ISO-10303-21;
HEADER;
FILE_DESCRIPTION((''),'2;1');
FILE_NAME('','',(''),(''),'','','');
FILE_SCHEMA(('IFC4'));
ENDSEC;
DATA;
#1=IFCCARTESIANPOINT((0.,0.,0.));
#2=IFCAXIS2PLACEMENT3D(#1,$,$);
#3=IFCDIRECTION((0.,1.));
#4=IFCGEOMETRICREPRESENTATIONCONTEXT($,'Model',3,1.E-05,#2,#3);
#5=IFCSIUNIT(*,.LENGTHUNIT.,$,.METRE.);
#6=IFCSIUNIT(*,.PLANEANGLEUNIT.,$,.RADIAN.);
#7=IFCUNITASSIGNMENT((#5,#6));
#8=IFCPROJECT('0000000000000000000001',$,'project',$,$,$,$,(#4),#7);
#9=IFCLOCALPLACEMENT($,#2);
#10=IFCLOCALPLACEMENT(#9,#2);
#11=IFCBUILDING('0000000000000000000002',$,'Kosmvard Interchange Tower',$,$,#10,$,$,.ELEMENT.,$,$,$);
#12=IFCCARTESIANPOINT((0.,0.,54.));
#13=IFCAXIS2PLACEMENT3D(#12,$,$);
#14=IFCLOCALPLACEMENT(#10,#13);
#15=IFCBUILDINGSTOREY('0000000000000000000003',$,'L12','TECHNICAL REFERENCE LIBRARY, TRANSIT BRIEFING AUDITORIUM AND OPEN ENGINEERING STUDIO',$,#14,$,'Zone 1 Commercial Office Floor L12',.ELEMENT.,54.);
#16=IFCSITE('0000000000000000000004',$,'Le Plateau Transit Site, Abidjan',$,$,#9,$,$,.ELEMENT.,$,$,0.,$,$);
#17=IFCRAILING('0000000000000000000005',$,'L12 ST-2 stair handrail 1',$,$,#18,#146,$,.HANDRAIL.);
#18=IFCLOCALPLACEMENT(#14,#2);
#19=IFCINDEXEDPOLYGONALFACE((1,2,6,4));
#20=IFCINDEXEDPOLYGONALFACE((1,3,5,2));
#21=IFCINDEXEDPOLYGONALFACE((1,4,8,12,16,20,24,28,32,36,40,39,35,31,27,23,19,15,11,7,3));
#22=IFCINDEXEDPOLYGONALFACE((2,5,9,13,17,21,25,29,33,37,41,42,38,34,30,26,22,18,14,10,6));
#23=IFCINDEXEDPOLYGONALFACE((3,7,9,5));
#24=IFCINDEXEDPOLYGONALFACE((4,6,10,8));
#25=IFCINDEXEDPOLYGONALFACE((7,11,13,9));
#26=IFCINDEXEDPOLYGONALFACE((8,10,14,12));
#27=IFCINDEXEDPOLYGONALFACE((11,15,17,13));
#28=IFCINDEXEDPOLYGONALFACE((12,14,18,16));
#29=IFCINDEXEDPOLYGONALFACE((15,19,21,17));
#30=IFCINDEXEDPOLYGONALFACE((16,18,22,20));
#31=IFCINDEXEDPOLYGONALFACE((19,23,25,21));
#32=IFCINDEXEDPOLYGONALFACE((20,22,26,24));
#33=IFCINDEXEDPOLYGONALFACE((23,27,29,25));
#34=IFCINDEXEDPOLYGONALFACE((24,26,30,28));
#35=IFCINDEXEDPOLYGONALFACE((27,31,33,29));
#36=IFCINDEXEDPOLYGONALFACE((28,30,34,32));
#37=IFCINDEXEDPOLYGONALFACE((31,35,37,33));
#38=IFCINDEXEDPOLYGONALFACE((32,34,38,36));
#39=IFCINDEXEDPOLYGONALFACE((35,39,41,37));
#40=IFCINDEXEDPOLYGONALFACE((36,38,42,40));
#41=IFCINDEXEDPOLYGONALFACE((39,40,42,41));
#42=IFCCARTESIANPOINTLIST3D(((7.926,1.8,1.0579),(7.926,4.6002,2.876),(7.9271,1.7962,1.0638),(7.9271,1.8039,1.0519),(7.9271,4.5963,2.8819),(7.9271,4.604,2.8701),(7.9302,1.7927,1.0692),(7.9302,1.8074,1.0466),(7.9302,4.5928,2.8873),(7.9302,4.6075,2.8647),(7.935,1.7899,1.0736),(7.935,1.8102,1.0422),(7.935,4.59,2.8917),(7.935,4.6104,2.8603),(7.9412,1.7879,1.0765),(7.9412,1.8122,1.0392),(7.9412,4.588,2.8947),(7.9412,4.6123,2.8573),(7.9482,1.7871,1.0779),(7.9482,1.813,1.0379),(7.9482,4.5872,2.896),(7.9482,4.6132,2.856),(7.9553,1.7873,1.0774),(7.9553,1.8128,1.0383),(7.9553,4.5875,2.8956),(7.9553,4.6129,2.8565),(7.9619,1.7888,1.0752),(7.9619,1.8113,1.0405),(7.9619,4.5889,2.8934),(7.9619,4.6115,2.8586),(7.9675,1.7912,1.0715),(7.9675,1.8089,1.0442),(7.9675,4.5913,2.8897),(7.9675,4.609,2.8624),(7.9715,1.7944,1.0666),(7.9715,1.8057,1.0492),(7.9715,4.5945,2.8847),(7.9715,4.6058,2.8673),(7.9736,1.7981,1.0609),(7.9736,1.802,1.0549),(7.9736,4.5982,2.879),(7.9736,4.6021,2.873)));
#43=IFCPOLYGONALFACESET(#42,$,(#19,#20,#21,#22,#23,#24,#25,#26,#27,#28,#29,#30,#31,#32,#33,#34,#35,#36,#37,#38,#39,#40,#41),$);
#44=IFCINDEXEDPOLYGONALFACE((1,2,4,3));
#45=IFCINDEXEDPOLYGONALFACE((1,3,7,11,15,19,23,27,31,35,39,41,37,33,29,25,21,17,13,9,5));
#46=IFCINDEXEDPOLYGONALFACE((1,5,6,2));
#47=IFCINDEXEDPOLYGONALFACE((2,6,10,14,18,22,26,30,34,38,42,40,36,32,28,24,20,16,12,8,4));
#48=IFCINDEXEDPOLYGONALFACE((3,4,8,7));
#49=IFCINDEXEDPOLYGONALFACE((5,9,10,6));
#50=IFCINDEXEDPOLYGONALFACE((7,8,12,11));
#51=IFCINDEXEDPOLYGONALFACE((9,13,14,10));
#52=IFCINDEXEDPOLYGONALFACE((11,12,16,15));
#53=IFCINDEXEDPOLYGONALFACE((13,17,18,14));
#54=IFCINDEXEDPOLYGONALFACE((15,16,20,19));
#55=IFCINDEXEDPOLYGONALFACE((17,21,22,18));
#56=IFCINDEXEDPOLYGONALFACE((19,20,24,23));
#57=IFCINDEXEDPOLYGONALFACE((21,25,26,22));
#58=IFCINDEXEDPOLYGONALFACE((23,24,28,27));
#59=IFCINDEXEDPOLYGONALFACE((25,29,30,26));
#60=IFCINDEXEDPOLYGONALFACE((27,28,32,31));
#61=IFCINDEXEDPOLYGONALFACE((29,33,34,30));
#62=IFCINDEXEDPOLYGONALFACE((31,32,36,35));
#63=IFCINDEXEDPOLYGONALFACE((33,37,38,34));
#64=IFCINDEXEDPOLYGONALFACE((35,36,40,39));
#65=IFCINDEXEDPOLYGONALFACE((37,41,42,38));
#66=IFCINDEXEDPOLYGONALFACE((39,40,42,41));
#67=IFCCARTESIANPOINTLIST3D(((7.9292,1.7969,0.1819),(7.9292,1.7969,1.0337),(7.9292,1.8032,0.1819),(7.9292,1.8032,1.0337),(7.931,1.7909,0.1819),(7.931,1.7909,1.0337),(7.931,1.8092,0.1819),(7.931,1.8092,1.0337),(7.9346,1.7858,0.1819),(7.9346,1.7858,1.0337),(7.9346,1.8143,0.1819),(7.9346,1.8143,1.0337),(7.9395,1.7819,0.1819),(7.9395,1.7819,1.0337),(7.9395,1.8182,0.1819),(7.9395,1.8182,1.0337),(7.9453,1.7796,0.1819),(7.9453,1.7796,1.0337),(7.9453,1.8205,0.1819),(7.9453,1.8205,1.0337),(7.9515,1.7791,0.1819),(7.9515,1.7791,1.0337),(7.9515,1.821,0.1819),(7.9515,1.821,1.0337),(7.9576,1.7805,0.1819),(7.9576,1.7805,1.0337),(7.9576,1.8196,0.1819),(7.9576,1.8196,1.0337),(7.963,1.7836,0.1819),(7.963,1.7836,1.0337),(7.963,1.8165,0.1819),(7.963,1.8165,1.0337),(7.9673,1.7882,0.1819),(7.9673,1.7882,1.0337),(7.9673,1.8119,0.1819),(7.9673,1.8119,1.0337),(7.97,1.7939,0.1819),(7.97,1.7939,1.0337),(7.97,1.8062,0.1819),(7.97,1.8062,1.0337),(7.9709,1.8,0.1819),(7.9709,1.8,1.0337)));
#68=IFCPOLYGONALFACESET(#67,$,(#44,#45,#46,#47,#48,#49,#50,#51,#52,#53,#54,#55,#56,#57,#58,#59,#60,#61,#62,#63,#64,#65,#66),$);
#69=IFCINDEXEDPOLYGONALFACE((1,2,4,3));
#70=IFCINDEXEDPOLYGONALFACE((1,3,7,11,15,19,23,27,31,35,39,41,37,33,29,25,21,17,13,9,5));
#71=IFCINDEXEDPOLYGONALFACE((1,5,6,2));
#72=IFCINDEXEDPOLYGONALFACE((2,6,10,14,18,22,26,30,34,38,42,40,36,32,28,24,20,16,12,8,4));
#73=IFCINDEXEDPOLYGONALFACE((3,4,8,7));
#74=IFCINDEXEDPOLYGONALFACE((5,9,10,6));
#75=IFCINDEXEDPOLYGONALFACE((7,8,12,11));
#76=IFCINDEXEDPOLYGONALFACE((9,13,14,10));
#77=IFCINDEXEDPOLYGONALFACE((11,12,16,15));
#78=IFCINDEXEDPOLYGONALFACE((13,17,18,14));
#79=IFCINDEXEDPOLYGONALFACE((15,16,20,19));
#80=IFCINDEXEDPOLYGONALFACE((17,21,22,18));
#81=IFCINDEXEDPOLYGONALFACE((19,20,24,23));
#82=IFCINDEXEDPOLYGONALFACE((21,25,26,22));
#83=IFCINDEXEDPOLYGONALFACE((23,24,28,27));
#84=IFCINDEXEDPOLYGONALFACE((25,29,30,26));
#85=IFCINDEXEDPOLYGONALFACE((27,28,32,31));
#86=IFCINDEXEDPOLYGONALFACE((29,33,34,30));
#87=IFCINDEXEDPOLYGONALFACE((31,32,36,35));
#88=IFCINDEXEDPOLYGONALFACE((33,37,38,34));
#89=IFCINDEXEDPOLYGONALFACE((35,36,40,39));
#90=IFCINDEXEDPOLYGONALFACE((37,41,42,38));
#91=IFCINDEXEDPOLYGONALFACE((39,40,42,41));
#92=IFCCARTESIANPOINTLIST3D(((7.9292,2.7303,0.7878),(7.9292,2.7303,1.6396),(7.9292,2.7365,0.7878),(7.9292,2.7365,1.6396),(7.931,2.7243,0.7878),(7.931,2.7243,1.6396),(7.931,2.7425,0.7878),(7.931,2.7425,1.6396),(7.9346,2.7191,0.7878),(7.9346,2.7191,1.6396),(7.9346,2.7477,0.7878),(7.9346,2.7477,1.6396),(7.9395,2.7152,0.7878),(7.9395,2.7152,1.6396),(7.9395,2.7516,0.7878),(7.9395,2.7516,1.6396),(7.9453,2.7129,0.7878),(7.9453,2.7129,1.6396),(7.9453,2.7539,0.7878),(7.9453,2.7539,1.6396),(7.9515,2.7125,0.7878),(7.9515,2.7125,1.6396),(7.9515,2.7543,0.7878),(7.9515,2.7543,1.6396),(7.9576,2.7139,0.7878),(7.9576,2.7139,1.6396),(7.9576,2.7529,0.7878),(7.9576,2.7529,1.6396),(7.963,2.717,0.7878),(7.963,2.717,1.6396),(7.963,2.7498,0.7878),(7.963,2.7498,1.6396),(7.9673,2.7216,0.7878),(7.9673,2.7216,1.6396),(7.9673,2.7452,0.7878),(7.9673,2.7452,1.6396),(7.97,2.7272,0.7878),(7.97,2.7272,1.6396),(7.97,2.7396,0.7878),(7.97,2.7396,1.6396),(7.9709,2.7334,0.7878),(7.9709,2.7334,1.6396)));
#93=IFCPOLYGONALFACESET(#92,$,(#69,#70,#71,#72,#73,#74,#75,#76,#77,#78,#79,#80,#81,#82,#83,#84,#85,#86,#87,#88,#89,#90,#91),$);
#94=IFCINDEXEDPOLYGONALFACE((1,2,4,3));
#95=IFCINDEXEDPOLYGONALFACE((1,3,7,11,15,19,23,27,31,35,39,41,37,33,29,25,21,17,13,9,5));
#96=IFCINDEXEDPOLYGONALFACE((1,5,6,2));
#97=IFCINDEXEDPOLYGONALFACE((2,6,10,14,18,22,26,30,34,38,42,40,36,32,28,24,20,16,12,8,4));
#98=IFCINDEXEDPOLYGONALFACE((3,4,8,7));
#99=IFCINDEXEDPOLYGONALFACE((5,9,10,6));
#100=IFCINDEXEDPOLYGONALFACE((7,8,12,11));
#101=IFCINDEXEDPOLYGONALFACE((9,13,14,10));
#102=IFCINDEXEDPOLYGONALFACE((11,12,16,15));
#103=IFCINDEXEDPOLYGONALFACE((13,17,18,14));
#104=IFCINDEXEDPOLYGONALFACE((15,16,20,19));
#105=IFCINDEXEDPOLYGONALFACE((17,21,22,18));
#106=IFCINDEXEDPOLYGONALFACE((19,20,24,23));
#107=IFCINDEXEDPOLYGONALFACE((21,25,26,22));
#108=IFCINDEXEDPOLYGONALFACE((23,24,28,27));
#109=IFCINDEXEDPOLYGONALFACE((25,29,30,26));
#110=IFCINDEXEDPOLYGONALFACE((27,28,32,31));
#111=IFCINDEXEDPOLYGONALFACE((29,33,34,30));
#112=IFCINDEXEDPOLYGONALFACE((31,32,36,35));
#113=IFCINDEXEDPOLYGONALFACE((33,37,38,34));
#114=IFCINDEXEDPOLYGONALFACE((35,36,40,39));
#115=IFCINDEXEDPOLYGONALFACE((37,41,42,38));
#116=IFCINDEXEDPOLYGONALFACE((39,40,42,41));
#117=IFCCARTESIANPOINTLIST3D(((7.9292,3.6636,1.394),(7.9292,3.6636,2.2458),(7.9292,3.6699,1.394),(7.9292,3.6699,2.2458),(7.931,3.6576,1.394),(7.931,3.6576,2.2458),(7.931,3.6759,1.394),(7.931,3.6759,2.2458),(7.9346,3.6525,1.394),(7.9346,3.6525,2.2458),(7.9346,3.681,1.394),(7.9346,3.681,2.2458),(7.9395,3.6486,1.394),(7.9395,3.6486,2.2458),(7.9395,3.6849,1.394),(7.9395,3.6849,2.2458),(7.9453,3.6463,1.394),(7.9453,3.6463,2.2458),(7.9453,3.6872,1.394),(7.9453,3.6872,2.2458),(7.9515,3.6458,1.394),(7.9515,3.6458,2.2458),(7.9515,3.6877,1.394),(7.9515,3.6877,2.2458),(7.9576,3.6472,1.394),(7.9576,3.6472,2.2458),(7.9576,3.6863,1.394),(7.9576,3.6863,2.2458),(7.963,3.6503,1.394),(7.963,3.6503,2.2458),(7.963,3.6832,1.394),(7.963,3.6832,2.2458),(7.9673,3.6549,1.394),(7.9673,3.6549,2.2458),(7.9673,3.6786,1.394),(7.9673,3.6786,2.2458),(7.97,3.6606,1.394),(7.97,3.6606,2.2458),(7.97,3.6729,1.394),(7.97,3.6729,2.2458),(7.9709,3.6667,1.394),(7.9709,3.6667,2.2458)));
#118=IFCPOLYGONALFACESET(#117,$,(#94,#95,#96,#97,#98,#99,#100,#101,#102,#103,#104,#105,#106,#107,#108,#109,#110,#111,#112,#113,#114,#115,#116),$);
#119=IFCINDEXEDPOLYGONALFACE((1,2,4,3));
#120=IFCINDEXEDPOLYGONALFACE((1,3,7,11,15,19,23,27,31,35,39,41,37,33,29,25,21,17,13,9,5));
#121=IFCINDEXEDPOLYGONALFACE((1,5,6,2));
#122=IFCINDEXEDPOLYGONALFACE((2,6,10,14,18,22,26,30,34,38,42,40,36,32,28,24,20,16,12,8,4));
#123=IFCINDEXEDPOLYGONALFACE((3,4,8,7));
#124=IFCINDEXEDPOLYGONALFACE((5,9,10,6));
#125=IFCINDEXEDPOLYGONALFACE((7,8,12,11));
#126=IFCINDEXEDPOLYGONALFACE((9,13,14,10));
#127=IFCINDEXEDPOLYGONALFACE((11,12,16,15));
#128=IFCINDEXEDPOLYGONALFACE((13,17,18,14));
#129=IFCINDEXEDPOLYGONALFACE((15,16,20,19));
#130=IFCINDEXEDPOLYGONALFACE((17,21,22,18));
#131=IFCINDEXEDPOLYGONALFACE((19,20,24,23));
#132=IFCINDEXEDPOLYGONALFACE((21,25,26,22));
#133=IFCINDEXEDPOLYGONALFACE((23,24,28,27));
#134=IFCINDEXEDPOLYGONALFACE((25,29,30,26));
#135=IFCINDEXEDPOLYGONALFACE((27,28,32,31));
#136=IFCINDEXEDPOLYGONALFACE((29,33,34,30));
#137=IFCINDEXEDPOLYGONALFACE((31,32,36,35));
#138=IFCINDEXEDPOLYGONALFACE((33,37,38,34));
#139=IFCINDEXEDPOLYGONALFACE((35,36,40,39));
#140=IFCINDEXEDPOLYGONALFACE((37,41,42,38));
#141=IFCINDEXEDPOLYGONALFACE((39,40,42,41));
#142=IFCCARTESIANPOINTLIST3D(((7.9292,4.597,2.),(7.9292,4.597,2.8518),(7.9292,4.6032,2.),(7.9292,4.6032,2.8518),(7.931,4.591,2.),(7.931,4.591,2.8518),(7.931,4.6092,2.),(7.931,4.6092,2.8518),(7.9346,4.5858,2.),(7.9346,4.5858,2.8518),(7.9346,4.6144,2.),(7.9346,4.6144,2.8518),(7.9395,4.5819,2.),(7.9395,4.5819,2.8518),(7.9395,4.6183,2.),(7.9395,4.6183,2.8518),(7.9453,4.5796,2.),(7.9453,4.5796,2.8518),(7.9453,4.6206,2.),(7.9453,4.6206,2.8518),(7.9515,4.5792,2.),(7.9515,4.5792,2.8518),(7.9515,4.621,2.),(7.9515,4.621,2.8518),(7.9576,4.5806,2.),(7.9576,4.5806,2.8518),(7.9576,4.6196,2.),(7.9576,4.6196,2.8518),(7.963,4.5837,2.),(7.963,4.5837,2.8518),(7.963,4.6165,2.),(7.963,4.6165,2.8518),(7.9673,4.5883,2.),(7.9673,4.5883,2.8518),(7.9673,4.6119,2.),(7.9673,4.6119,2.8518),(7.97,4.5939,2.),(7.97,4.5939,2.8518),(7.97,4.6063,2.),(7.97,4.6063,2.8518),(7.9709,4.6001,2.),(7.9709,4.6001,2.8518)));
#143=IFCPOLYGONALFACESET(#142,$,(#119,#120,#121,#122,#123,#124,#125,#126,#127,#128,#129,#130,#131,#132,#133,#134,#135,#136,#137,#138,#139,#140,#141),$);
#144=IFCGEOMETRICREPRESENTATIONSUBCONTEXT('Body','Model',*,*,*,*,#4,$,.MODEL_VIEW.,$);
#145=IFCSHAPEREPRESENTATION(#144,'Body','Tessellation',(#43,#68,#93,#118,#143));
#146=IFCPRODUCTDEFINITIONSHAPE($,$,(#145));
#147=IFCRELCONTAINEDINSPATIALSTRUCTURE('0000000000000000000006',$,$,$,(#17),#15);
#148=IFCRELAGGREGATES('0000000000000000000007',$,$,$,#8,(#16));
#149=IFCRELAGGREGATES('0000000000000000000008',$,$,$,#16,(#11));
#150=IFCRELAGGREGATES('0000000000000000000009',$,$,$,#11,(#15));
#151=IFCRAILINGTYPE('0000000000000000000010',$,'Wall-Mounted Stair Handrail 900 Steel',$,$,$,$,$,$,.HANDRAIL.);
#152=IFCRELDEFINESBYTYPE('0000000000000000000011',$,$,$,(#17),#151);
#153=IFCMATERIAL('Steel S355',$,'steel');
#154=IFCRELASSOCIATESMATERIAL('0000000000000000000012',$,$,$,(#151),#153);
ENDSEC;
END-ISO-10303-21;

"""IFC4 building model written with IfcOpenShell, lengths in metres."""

from ifc_helpers import new_model, si_unit, direction, frame, origin, origin_2d, place, context, subcontext, project, spatial, circle, extrude, source, transform, mapped, material, type_object, element, save


model = new_model("IFC4")

# Units and contexts
model_context = context("Model", 3, precision=1e-05, world=origin(), true_north=direction((0.0, 1.0)))
body_context = subcontext(model_context, "Body", "Model", "MODEL_VIEW")
ifc_project = project(units=[si_unit("LENGTHUNIT", "METRE"), si_unit("PLANEANGLEUNIT", "RADIAN")], contexts=[model_context])

# Site, building, storey
site_placement = place(None, origin())
site = spatial("IfcSite", under=ifc_project, at=site_placement, Name="Le Plateau Transit Site, Abidjan", CompositionType="ELEMENT", RefElevation=0.0)
building_placement = place(site_placement, origin())
building = spatial("IfcBuilding", under=site, at=building_placement, Name="Kosmvard Interchange Tower", CompositionType="ELEMENT")
storey_placement = place(building_placement, frame((0.0, 0.0, 54.0)))
storey = spatial("IfcBuildingStorey", under=building, at=storey_placement, Name="L12", Description="TECHNICAL REFERENCE LIBRARY, TRANSIT BRIEFING AUDITORIUM AND OPEN ENGINEERING STUDIO", LongName="Zone 1 Commercial Office Floor L12", CompositionType="ELEMENT", Elevation=54.0)

# Shared definitions
ifc_material_1 = material(Name="Steel S355", Category="steel")

# Railing
railing_type_1 = type_object("IfcRailingType", Name="Wall-Mounted Stair Handrail 900 Steel", PredefinedType="HANDRAIL", material=ifc_material_1)
shared_shape_1 = source(origin(), body_context, "Body", "SweptSolid", [
    extrude(circle(Radius=0.0239, at=origin_2d()), frame((0.0, 0.0, 0.876), z_axis=(0.0, 0.838706, 0.544585), x_axis=(-1.0, 0.0, 0.0)), (0.0, 0.0, 1.0), 3.3386),
    extrude(circle(Radius=0.021, at=origin_2d()), origin(), (0.0, 0.0, 1.0), 0.8518),
    extrude(circle(Radius=0.021, at=origin_2d()), frame((0.0, 0.9333, 0.606)), (0.0, 0.0, 1.0), 0.8518),
    extrude(circle(Radius=0.021, at=origin_2d()), frame((0.0, 1.8667, 1.2122)), (0.0, 0.0, 1.0), 0.8518),
    extrude(circle(Radius=0.021, at=origin_2d()), frame((0.0, 2.8, 1.8181)), (0.0, 0.0, 1.0), 0.8518),
])
railing_1_placement = place(storey_placement, frame((7.95, 1.8, 0.1819)))
element("IfcRailing", 1, at=railing_1_placement, inside=storey, type_object=railing_type_1, Name="L12 ST-2 stair handrail 1", PredefinedType="HANDRAIL", context=body_context, shape_type="MappedRepresentation", body=[
    mapped(shared_shape_1, transform((0.0, 0.0, 0.0), scale=1.0)),
])

save(model, "model.ifc")
